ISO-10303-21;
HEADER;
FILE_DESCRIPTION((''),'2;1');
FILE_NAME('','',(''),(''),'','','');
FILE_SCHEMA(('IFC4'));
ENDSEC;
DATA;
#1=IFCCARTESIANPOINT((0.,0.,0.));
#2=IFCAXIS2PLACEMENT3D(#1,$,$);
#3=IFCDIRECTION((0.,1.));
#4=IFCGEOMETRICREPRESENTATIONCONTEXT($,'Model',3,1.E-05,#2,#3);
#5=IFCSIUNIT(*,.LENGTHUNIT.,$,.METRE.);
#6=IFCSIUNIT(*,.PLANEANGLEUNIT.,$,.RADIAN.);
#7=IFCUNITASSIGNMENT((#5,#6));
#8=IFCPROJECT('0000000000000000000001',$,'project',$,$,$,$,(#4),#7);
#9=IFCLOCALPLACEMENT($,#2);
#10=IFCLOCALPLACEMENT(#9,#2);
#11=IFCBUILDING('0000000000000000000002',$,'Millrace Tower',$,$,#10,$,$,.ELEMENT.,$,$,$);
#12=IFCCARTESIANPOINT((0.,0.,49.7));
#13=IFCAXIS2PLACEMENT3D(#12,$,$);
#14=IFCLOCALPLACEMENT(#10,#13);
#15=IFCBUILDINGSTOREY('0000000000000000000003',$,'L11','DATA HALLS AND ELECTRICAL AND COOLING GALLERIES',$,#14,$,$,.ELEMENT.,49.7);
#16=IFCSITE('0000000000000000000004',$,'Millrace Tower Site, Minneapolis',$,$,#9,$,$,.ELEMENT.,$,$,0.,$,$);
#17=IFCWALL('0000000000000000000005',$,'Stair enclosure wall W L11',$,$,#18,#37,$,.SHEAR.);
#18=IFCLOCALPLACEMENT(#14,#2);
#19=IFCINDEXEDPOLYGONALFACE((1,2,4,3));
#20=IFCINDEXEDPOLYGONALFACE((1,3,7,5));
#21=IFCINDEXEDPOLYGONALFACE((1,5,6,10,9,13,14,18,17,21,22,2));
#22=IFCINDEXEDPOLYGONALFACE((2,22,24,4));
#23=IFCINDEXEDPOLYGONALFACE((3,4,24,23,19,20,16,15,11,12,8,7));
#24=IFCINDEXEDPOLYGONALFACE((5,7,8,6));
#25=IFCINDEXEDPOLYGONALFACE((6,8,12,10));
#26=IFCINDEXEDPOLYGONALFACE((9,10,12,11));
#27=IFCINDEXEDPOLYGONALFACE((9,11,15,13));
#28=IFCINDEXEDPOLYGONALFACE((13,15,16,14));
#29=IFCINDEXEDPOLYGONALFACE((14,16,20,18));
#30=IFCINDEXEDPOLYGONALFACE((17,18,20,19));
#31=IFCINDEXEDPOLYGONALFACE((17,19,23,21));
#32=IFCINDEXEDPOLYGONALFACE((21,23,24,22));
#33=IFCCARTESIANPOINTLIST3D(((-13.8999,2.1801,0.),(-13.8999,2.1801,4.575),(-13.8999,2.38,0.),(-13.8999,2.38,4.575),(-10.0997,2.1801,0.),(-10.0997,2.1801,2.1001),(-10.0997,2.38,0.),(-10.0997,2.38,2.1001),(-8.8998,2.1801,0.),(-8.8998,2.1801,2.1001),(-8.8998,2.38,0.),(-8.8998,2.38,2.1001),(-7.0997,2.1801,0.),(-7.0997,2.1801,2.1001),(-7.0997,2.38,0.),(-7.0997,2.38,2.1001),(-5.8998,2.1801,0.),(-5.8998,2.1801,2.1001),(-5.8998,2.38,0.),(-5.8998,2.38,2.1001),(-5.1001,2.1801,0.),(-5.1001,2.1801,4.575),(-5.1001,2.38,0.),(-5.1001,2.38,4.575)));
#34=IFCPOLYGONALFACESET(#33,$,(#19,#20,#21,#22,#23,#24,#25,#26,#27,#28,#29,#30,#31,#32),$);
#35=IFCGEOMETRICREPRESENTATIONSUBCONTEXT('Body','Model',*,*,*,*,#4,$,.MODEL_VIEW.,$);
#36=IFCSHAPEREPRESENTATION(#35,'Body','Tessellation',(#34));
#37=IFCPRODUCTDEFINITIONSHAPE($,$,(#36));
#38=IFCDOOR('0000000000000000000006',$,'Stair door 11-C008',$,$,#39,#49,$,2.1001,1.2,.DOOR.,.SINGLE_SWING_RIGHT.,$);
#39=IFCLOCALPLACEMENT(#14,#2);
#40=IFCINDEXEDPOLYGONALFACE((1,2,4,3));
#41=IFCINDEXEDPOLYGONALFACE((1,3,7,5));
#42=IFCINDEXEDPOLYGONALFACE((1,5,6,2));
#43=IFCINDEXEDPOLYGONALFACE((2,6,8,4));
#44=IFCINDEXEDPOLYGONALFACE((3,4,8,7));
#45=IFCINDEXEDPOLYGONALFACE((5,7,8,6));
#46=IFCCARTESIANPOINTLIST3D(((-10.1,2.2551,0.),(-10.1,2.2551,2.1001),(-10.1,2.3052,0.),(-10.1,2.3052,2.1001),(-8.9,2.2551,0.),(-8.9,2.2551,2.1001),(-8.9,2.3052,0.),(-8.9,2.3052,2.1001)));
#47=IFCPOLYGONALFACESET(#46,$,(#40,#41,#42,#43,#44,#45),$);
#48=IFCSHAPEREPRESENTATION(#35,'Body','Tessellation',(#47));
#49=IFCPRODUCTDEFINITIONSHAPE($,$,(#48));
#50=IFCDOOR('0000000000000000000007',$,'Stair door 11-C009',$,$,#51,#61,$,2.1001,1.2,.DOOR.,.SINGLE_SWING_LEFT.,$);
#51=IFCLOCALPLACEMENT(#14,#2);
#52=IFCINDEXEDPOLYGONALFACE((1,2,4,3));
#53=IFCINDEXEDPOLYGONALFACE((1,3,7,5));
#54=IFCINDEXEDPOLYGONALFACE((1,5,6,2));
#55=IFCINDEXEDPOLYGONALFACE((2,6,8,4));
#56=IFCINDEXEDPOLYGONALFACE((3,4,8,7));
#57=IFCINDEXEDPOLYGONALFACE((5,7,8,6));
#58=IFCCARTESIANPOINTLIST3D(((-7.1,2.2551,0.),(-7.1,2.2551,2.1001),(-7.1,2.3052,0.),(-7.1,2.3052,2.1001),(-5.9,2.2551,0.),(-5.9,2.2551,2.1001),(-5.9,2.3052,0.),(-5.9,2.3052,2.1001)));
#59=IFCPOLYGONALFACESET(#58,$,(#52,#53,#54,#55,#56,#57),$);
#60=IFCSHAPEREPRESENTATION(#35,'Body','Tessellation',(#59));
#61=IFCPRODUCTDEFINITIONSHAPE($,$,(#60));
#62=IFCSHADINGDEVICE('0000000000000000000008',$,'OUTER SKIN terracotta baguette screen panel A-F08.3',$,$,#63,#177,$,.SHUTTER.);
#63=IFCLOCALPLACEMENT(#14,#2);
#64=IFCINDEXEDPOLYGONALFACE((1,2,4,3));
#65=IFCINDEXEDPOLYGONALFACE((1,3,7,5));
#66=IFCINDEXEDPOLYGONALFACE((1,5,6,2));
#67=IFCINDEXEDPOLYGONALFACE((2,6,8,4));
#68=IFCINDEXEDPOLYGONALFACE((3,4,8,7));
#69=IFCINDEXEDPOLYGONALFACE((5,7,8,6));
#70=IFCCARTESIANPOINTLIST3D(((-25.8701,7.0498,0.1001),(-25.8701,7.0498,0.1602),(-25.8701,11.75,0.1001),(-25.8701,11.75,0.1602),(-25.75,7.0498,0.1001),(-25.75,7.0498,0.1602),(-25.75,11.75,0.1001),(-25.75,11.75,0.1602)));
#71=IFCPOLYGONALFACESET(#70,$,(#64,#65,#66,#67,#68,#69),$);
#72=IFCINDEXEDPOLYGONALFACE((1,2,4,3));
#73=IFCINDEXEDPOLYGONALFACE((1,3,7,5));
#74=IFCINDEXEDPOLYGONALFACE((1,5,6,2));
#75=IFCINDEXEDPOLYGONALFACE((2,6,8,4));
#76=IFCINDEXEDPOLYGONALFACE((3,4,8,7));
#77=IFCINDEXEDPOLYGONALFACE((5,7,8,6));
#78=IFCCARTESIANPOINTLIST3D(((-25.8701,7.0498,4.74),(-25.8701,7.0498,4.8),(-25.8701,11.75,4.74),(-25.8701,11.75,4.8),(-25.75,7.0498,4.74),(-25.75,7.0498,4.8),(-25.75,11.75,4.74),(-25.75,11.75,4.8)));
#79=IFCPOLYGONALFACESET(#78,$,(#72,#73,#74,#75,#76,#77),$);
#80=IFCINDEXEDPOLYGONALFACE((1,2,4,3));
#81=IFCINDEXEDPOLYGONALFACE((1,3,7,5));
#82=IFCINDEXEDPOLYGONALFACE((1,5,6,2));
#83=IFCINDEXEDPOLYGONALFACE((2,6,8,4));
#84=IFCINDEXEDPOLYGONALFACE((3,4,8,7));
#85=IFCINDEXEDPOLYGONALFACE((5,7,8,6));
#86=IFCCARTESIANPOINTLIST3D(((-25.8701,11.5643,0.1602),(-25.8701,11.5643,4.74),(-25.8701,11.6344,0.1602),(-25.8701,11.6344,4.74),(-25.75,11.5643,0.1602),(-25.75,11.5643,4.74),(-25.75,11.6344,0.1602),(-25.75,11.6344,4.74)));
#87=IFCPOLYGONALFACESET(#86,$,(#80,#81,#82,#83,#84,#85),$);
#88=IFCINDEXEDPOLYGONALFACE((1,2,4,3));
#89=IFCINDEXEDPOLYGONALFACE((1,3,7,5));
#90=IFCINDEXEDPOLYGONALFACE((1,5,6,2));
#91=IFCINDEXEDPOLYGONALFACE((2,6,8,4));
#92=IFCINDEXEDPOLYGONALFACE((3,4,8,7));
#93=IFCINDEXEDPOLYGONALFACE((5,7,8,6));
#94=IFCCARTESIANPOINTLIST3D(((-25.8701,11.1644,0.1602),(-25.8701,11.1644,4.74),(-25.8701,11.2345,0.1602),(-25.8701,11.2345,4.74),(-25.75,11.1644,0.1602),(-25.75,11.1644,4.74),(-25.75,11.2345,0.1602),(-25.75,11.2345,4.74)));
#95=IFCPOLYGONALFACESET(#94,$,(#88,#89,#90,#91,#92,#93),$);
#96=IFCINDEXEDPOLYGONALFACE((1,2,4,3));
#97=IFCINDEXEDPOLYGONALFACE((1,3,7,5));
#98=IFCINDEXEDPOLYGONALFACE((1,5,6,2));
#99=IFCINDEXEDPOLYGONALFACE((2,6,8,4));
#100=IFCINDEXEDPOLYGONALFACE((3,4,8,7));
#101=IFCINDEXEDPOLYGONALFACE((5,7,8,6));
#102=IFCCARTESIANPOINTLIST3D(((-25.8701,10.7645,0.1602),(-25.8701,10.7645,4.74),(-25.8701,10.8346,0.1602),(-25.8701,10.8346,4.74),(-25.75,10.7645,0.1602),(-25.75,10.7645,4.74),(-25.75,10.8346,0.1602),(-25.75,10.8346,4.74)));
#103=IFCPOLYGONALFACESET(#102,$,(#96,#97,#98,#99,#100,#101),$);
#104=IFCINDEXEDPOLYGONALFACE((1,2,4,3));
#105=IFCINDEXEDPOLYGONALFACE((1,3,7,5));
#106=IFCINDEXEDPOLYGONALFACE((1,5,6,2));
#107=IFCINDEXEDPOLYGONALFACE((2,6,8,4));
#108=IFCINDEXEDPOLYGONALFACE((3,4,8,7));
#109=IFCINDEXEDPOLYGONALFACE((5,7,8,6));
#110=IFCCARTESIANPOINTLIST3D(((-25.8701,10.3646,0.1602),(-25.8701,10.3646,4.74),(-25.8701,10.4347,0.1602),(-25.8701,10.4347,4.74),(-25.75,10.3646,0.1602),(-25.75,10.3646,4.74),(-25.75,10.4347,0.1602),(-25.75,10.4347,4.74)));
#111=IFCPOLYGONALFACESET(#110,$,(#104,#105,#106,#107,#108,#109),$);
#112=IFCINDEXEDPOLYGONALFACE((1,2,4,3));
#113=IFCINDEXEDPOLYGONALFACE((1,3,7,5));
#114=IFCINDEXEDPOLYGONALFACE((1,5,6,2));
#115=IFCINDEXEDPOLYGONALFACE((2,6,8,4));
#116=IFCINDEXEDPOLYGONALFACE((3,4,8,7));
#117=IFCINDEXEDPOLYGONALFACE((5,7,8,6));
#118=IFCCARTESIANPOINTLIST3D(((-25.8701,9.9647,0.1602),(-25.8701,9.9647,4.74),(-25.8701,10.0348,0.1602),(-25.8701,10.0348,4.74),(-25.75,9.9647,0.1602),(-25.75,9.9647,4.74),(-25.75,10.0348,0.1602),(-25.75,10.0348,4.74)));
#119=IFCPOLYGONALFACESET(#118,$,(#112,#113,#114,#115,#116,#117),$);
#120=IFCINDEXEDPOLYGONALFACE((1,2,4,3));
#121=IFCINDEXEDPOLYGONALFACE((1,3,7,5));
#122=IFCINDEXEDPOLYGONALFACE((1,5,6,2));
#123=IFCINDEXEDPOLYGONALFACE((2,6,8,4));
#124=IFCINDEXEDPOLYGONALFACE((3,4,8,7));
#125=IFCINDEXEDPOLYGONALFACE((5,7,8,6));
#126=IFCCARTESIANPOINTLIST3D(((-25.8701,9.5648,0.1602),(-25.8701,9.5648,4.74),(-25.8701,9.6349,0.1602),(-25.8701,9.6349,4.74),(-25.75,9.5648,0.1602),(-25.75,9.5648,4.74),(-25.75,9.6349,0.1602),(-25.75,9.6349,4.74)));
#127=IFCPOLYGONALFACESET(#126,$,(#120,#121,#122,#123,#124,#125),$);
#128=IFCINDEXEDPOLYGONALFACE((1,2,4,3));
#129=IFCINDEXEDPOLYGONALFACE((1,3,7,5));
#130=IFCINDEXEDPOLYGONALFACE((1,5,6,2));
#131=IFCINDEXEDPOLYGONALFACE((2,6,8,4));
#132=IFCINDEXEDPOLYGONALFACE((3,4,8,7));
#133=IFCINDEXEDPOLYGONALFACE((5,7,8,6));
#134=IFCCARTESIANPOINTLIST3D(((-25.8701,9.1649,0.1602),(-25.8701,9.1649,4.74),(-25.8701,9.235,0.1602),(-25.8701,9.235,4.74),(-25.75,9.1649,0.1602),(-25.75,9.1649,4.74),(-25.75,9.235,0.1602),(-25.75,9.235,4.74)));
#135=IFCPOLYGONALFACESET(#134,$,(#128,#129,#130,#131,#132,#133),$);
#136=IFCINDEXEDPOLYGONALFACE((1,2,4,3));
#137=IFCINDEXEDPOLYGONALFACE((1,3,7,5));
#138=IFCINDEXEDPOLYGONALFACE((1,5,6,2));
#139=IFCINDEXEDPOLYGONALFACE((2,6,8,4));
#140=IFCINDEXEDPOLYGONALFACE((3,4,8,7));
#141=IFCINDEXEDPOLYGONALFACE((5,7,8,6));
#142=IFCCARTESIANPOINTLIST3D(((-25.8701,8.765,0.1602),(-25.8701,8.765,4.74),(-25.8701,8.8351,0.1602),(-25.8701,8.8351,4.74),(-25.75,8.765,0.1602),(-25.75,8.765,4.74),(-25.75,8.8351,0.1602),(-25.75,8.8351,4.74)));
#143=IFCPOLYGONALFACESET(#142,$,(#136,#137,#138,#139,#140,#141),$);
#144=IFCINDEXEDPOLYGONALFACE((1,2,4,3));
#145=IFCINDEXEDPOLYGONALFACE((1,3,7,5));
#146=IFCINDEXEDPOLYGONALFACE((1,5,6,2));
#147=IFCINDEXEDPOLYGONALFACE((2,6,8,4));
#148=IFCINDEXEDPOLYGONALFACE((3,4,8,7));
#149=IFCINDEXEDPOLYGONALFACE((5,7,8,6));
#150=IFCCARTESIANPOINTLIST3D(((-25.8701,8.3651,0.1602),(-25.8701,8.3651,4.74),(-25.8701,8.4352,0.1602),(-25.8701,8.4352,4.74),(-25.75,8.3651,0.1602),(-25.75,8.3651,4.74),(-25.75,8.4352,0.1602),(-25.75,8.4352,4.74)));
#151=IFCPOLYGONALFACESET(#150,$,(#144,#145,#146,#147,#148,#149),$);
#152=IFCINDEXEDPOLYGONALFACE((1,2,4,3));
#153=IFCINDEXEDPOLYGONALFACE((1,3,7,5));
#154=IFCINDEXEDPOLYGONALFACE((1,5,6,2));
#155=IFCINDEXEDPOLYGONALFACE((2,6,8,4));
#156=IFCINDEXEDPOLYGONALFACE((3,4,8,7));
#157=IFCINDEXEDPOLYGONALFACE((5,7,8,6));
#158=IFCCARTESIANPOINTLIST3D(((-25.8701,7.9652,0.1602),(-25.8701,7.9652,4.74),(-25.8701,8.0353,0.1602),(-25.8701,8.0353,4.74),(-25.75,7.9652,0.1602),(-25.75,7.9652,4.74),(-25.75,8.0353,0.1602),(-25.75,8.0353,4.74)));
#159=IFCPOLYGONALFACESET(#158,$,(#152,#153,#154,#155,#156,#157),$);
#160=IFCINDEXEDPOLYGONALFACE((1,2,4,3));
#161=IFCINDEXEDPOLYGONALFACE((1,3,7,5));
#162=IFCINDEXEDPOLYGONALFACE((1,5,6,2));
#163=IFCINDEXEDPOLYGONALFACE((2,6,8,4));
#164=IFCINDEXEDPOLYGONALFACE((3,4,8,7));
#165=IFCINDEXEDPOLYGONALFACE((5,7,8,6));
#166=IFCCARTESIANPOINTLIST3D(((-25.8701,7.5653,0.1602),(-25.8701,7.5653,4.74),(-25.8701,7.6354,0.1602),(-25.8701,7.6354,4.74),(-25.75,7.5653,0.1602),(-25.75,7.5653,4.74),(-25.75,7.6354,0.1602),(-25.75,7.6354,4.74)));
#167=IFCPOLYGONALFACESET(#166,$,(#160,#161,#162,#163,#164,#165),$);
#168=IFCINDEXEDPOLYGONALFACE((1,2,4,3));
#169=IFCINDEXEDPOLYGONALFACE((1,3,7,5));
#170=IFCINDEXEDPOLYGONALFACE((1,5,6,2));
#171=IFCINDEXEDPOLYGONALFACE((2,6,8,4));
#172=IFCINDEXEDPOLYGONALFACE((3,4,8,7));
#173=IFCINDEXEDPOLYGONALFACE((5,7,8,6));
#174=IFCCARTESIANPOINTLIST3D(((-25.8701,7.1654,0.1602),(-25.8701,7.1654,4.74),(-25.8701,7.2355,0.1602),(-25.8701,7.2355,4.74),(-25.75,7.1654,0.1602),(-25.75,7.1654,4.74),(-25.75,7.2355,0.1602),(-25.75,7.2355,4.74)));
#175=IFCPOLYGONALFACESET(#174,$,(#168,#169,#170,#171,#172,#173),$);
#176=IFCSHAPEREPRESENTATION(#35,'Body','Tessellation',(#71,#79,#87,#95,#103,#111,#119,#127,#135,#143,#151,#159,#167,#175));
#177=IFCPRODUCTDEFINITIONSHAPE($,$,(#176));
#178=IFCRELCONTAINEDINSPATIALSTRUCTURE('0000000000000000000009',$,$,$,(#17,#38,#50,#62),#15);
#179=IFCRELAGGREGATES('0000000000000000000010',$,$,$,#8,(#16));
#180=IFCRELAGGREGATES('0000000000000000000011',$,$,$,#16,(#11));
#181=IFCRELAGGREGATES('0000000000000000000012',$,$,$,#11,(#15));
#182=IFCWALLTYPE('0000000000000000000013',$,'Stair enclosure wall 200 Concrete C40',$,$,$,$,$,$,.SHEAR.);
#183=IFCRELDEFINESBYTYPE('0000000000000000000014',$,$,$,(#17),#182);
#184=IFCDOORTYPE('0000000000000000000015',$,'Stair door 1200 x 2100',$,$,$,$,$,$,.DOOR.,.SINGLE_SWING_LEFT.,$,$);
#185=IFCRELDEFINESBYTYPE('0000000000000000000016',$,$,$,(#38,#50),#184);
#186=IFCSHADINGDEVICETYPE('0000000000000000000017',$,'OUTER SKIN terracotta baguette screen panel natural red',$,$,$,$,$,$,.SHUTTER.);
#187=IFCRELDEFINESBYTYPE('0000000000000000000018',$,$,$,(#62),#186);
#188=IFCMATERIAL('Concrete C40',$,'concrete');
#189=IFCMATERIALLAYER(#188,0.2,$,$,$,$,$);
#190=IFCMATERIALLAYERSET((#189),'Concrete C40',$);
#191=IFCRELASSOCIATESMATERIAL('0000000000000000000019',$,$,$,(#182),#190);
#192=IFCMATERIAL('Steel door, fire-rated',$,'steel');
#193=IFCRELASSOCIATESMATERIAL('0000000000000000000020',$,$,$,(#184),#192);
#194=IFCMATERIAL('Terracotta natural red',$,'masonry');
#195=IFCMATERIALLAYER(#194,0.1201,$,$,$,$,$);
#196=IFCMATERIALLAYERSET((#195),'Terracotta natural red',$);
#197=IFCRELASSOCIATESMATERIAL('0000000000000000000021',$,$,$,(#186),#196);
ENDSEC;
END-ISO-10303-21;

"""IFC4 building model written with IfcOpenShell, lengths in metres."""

from ifc_helpers import new_model, entity, si_unit, direction, frame, frame_2d, origin, place, context, subcontext, project, spatial, rectangle, extrude, source, transform, mapped, material, layer, layer_set, type_object, element, fill, save


model = new_model("IFC4")

# Units and contexts
model_context = context("Model", 3, precision=1e-05, world=origin(), true_north=direction((0.0, 1.0)))
body_context = subcontext(model_context, "Body", "Model", "MODEL_VIEW")
ifc_project = project(units=[si_unit("LENGTHUNIT", "METRE"), si_unit("PLANEANGLEUNIT", "RADIAN")], contexts=[model_context])

# Site, building, storey
site_placement = place(None, origin())
site = spatial("IfcSite", under=ifc_project, at=site_placement, Name="Millrace Tower Site, Minneapolis", CompositionType="ELEMENT", RefElevation=0.0)
building_placement = place(site_placement, origin())
building = spatial("IfcBuilding", under=site, at=building_placement, Name="Millrace Tower", CompositionType="ELEMENT")
storey_placement = place(building_placement, frame((0.0, 0.0, 49.7)))
storey = spatial("IfcBuildingStorey", under=building, at=storey_placement, Name="L11", Description="DATA HALLS AND ELECTRICAL AND COOLING GALLERIES", CompositionType="ELEMENT", Elevation=49.7)

# Shared definitions
ifc_material_1 = material(Name="Concrete C40", Category="concrete")
ifc_layer_1 = layer(ifc_material_1, 0.2)
ifc_layer_set_1 = layer_set([ifc_layer_1], Name="Concrete C40")
wall_type_1 = type_object("IfcWallType", Name="Stair enclosure wall 200 Concrete C40", PredefinedType="SHEAR", material=ifc_layer_set_1)

# Wall, openings, doors
wall_1_placement = place(storey_placement, frame((-13.8999, 2.28, 0.0), z_axis=(0.0, 0.0, 1.0), x_axis=(1.0, 0.0, 0.0)))
wall_1 = element("IfcWall", 1, at=wall_1_placement, inside=storey, type_object=wall_type_1, Name="Stair enclosure wall W L11", PredefinedType="SHEAR", context=body_context, shape_type="SweptSolid", body=[
    extrude(rectangle(XDim=8.7998, YDim=0.2, at=frame_2d((4.3999, 0.0))), origin(), (0.0, 0.0, 1.0), 4.575),
])
opening_1_placement = place(wall_1_placement, frame((3.8, 0.0, 0.0)))
opening_1 = element("IfcOpeningElement", 2, at=opening_1_placement, cuts=wall_1, PredefinedType="OPENING", context=body_context, shape_type="SweptSolid", body=[
    extrude(rectangle(XDim=1.2, YDim=2.1001, at=frame_2d((0.6001, 1.05))), frame((0.0, 0.1099, 0.0), z_axis=(0.0, -1.0, 0.0), x_axis=(1.0, 0.0, 0.0)), (0.0, 0.0, 1.0), 0.22),
])
opening_2_placement = place(wall_1_placement, frame((6.8, 0.0, 0.0)))
opening_2 = element("IfcOpeningElement", 3, at=opening_2_placement, cuts=wall_1, PredefinedType="OPENING", context=body_context, shape_type="SweptSolid", body=[
    extrude(rectangle(XDim=1.2, YDim=2.1001, at=frame_2d((0.6001, 1.05))), frame((0.0, 0.1099, 0.0), z_axis=(0.0, -1.0, 0.0), x_axis=(1.0, 0.0, 0.0)), (0.0, 0.0, 1.0), 0.22),
])
ifc_material_2 = material(Name="Steel door, fire-rated", Category="steel")
door_type_1 = type_object("IfcDoorType", Name="Stair door 1200 x 2100", OperationType="SINGLE_SWING_LEFT", PredefinedType="DOOR", material=ifc_material_2)
door_1_placement = place(opening_1_placement, frame((1.2, 0.0, 0.0), z_axis=(0.0, 0.0, 1.0), x_axis=(-1.0, 0.0, 0.0)))
door_1 = element("IfcDoor", 4, at=door_1_placement, inside=storey, type_object=door_type_1, Name="Stair door 11-C008", OperationType="SINGLE_SWING_RIGHT", OverallHeight=2.1001, OverallWidth=1.2, PredefinedType="DOOR", context=body_context, shape_type="SweptSolid", body=[
    extrude(rectangle(XDim=1.2, YDim=2.1001, at=frame_2d((0.6001, 1.05))), frame((0.0, 0.0249, 0.0), z_axis=(0.0, -1.0, 0.0), x_axis=(1.0, 0.0, 0.0)), (0.0, 0.0, 1.0), 0.05),
])
fill(opening_1, door_1)
door_2_placement = place(opening_2_placement, frame((1.2, 0.0, 0.0), z_axis=(0.0, 0.0, 1.0), x_axis=(-1.0, 0.0, 0.0)))
door_2 = element("IfcDoor", 5, at=door_2_placement, inside=storey, type_object=door_type_1, Name="Stair door 11-C009", OperationType="SINGLE_SWING_LEFT", OverallHeight=2.1001, OverallWidth=1.2, PredefinedType="DOOR", context=body_context, shape_type="SweptSolid", body=[
    extrude(rectangle(XDim=1.2, YDim=2.1001, at=frame_2d((0.6001, 1.05))), frame((0.0, 0.0249, 0.0), z_axis=(0.0, -1.0, 0.0), x_axis=(1.0, 0.0, 0.0)), (0.0, 0.0, 1.0), 0.05),
])
fill(opening_2, door_2)

# Shading device
ifc_material_3 = material(Name="Terracotta natural red", Category="masonry")
ifc_layer_2 = layer(ifc_material_3, 0.1201)
ifc_layer_set_2 = layer_set([ifc_layer_2], Name="Terracotta natural red")
shading_device_type = type_object("IfcShadingDeviceType", Name="OUTER SKIN terracotta baguette screen panel natural red", PredefinedType="SHUTTER", material=ifc_layer_set_2)
cartesian_point = entity("IfcCartesianPoint", [-2.3501, 0.0601])
shared_polyline = entity("IfcPolyline", [cartesian_point, entity("IfcCartesianPoint", [2.3501, 0.0601]), entity("IfcCartesianPoint", [2.3501, -0.0601]), entity("IfcCartesianPoint", [-2.3501, -0.0601]), cartesian_point])
shared_shape = source(origin(), body_context, "Body", "SweptSolid", [
    entity("IfcExtrudedAreaSolid", entity("IfcArbitraryClosedProfileDef", "AREA", None, shared_polyline), entity("IfcAxis2Placement3D", entity("IfcCartesianPoint", [0.0, 0.0, 0.0])), entity("IfcDirection", [0.0, 0.0, 1.0]), 0.0601),
    entity("IfcExtrudedAreaSolid", entity("IfcArbitraryClosedProfileDef", "AREA", None, shared_polyline), entity("IfcAxis2Placement3D", entity("IfcCartesianPoint", [0.0, 0.0, 4.6399])), entity("IfcDirection", [0.0, 0.0, 1.0]), 0.0601),
    extrude(rectangle(XDim=0.0701, YDim=0.1201, at=frame_2d((-2.1995, 0.0))), frame((0.0, 0.0, 0.0601)), (0.0, 0.0, 1.0), 4.5798),
    extrude(rectangle(XDim=0.0701, YDim=0.1201, at=frame_2d((-1.7996, 0.0))), frame((0.0, 0.0, 0.0601)), (0.0, 0.0, 1.0), 4.5798),
    extrude(rectangle(XDim=0.0701, YDim=0.1201, at=frame_2d((-1.3997, 0.0))), frame((0.0, 0.0, 0.0601)), (0.0, 0.0, 1.0), 4.5798),
    extrude(rectangle(XDim=0.0701, YDim=0.1201, at=frame_2d((-0.9998, 0.0))), frame((0.0, 0.0, 0.0601)), (0.0, 0.0, 1.0), 4.5798),
    extrude(rectangle(XDim=0.0701, YDim=0.1201, at=frame_2d((-0.5999, 0.0))), frame((0.0, 0.0, 0.0601)), (0.0, 0.0, 1.0), 4.5798),
    extrude(rectangle(XDim=0.0701, YDim=0.1201, at=frame_2d((-0.2, 0.0))), frame((0.0, 0.0, 0.0601)), (0.0, 0.0, 1.0), 4.5798),
    extrude(rectangle(XDim=0.0701, YDim=0.1201, at=frame_2d((0.2, 0.0))), frame((0.0, 0.0, 0.0601)), (0.0, 0.0, 1.0), 4.5798),
    extrude(rectangle(XDim=0.0701, YDim=0.1201, at=frame_2d((0.5999, 0.0))), frame((0.0, 0.0, 0.0601)), (0.0, 0.0, 1.0), 4.5798),
    extrude(rectangle(XDim=0.0701, YDim=0.1201, at=frame_2d((0.9998, 0.0))), frame((0.0, 0.0, 0.0601)), (0.0, 0.0, 1.0), 4.5798),
    extrude(rectangle(XDim=0.0701, YDim=0.1201, at=frame_2d((1.3997, 0.0))), frame((0.0, 0.0, 0.0601)), (0.0, 0.0, 1.0), 4.5798),
    extrude(rectangle(XDim=0.0701, YDim=0.1201, at=frame_2d((1.7996, 0.0))), frame((0.0, 0.0, 0.0601)), (0.0, 0.0, 1.0), 4.5798),
    extrude(rectangle(XDim=0.0701, YDim=0.1201, at=frame_2d((2.1995, 0.0))), frame((0.0, 0.0, 0.0601)), (0.0, 0.0, 1.0), 4.5798),
])
for number, where, z_axis, x_axis, name in (
    (6, (-25.8101, 9.3999, 0.1001), (0.0, 0.0, 1.0), (0.0, -1.0, 0.0), "OUTER SKIN terracotta baguette screen panel A-F08.3"),
):
    element("IfcShadingDevice", number, at=place(storey_placement, frame(where, z_axis=z_axis, x_axis=x_axis)), inside=storey, type_object=shading_device_type, Name=name, PredefinedType="SHUTTER", context=body_context, shape_type="MappedRepresentation", body=[
        mapped(shared_shape, transform((0.0, 0.0, 0.0), scale=1.0)),
    ])

save(model, "model.ifc")
